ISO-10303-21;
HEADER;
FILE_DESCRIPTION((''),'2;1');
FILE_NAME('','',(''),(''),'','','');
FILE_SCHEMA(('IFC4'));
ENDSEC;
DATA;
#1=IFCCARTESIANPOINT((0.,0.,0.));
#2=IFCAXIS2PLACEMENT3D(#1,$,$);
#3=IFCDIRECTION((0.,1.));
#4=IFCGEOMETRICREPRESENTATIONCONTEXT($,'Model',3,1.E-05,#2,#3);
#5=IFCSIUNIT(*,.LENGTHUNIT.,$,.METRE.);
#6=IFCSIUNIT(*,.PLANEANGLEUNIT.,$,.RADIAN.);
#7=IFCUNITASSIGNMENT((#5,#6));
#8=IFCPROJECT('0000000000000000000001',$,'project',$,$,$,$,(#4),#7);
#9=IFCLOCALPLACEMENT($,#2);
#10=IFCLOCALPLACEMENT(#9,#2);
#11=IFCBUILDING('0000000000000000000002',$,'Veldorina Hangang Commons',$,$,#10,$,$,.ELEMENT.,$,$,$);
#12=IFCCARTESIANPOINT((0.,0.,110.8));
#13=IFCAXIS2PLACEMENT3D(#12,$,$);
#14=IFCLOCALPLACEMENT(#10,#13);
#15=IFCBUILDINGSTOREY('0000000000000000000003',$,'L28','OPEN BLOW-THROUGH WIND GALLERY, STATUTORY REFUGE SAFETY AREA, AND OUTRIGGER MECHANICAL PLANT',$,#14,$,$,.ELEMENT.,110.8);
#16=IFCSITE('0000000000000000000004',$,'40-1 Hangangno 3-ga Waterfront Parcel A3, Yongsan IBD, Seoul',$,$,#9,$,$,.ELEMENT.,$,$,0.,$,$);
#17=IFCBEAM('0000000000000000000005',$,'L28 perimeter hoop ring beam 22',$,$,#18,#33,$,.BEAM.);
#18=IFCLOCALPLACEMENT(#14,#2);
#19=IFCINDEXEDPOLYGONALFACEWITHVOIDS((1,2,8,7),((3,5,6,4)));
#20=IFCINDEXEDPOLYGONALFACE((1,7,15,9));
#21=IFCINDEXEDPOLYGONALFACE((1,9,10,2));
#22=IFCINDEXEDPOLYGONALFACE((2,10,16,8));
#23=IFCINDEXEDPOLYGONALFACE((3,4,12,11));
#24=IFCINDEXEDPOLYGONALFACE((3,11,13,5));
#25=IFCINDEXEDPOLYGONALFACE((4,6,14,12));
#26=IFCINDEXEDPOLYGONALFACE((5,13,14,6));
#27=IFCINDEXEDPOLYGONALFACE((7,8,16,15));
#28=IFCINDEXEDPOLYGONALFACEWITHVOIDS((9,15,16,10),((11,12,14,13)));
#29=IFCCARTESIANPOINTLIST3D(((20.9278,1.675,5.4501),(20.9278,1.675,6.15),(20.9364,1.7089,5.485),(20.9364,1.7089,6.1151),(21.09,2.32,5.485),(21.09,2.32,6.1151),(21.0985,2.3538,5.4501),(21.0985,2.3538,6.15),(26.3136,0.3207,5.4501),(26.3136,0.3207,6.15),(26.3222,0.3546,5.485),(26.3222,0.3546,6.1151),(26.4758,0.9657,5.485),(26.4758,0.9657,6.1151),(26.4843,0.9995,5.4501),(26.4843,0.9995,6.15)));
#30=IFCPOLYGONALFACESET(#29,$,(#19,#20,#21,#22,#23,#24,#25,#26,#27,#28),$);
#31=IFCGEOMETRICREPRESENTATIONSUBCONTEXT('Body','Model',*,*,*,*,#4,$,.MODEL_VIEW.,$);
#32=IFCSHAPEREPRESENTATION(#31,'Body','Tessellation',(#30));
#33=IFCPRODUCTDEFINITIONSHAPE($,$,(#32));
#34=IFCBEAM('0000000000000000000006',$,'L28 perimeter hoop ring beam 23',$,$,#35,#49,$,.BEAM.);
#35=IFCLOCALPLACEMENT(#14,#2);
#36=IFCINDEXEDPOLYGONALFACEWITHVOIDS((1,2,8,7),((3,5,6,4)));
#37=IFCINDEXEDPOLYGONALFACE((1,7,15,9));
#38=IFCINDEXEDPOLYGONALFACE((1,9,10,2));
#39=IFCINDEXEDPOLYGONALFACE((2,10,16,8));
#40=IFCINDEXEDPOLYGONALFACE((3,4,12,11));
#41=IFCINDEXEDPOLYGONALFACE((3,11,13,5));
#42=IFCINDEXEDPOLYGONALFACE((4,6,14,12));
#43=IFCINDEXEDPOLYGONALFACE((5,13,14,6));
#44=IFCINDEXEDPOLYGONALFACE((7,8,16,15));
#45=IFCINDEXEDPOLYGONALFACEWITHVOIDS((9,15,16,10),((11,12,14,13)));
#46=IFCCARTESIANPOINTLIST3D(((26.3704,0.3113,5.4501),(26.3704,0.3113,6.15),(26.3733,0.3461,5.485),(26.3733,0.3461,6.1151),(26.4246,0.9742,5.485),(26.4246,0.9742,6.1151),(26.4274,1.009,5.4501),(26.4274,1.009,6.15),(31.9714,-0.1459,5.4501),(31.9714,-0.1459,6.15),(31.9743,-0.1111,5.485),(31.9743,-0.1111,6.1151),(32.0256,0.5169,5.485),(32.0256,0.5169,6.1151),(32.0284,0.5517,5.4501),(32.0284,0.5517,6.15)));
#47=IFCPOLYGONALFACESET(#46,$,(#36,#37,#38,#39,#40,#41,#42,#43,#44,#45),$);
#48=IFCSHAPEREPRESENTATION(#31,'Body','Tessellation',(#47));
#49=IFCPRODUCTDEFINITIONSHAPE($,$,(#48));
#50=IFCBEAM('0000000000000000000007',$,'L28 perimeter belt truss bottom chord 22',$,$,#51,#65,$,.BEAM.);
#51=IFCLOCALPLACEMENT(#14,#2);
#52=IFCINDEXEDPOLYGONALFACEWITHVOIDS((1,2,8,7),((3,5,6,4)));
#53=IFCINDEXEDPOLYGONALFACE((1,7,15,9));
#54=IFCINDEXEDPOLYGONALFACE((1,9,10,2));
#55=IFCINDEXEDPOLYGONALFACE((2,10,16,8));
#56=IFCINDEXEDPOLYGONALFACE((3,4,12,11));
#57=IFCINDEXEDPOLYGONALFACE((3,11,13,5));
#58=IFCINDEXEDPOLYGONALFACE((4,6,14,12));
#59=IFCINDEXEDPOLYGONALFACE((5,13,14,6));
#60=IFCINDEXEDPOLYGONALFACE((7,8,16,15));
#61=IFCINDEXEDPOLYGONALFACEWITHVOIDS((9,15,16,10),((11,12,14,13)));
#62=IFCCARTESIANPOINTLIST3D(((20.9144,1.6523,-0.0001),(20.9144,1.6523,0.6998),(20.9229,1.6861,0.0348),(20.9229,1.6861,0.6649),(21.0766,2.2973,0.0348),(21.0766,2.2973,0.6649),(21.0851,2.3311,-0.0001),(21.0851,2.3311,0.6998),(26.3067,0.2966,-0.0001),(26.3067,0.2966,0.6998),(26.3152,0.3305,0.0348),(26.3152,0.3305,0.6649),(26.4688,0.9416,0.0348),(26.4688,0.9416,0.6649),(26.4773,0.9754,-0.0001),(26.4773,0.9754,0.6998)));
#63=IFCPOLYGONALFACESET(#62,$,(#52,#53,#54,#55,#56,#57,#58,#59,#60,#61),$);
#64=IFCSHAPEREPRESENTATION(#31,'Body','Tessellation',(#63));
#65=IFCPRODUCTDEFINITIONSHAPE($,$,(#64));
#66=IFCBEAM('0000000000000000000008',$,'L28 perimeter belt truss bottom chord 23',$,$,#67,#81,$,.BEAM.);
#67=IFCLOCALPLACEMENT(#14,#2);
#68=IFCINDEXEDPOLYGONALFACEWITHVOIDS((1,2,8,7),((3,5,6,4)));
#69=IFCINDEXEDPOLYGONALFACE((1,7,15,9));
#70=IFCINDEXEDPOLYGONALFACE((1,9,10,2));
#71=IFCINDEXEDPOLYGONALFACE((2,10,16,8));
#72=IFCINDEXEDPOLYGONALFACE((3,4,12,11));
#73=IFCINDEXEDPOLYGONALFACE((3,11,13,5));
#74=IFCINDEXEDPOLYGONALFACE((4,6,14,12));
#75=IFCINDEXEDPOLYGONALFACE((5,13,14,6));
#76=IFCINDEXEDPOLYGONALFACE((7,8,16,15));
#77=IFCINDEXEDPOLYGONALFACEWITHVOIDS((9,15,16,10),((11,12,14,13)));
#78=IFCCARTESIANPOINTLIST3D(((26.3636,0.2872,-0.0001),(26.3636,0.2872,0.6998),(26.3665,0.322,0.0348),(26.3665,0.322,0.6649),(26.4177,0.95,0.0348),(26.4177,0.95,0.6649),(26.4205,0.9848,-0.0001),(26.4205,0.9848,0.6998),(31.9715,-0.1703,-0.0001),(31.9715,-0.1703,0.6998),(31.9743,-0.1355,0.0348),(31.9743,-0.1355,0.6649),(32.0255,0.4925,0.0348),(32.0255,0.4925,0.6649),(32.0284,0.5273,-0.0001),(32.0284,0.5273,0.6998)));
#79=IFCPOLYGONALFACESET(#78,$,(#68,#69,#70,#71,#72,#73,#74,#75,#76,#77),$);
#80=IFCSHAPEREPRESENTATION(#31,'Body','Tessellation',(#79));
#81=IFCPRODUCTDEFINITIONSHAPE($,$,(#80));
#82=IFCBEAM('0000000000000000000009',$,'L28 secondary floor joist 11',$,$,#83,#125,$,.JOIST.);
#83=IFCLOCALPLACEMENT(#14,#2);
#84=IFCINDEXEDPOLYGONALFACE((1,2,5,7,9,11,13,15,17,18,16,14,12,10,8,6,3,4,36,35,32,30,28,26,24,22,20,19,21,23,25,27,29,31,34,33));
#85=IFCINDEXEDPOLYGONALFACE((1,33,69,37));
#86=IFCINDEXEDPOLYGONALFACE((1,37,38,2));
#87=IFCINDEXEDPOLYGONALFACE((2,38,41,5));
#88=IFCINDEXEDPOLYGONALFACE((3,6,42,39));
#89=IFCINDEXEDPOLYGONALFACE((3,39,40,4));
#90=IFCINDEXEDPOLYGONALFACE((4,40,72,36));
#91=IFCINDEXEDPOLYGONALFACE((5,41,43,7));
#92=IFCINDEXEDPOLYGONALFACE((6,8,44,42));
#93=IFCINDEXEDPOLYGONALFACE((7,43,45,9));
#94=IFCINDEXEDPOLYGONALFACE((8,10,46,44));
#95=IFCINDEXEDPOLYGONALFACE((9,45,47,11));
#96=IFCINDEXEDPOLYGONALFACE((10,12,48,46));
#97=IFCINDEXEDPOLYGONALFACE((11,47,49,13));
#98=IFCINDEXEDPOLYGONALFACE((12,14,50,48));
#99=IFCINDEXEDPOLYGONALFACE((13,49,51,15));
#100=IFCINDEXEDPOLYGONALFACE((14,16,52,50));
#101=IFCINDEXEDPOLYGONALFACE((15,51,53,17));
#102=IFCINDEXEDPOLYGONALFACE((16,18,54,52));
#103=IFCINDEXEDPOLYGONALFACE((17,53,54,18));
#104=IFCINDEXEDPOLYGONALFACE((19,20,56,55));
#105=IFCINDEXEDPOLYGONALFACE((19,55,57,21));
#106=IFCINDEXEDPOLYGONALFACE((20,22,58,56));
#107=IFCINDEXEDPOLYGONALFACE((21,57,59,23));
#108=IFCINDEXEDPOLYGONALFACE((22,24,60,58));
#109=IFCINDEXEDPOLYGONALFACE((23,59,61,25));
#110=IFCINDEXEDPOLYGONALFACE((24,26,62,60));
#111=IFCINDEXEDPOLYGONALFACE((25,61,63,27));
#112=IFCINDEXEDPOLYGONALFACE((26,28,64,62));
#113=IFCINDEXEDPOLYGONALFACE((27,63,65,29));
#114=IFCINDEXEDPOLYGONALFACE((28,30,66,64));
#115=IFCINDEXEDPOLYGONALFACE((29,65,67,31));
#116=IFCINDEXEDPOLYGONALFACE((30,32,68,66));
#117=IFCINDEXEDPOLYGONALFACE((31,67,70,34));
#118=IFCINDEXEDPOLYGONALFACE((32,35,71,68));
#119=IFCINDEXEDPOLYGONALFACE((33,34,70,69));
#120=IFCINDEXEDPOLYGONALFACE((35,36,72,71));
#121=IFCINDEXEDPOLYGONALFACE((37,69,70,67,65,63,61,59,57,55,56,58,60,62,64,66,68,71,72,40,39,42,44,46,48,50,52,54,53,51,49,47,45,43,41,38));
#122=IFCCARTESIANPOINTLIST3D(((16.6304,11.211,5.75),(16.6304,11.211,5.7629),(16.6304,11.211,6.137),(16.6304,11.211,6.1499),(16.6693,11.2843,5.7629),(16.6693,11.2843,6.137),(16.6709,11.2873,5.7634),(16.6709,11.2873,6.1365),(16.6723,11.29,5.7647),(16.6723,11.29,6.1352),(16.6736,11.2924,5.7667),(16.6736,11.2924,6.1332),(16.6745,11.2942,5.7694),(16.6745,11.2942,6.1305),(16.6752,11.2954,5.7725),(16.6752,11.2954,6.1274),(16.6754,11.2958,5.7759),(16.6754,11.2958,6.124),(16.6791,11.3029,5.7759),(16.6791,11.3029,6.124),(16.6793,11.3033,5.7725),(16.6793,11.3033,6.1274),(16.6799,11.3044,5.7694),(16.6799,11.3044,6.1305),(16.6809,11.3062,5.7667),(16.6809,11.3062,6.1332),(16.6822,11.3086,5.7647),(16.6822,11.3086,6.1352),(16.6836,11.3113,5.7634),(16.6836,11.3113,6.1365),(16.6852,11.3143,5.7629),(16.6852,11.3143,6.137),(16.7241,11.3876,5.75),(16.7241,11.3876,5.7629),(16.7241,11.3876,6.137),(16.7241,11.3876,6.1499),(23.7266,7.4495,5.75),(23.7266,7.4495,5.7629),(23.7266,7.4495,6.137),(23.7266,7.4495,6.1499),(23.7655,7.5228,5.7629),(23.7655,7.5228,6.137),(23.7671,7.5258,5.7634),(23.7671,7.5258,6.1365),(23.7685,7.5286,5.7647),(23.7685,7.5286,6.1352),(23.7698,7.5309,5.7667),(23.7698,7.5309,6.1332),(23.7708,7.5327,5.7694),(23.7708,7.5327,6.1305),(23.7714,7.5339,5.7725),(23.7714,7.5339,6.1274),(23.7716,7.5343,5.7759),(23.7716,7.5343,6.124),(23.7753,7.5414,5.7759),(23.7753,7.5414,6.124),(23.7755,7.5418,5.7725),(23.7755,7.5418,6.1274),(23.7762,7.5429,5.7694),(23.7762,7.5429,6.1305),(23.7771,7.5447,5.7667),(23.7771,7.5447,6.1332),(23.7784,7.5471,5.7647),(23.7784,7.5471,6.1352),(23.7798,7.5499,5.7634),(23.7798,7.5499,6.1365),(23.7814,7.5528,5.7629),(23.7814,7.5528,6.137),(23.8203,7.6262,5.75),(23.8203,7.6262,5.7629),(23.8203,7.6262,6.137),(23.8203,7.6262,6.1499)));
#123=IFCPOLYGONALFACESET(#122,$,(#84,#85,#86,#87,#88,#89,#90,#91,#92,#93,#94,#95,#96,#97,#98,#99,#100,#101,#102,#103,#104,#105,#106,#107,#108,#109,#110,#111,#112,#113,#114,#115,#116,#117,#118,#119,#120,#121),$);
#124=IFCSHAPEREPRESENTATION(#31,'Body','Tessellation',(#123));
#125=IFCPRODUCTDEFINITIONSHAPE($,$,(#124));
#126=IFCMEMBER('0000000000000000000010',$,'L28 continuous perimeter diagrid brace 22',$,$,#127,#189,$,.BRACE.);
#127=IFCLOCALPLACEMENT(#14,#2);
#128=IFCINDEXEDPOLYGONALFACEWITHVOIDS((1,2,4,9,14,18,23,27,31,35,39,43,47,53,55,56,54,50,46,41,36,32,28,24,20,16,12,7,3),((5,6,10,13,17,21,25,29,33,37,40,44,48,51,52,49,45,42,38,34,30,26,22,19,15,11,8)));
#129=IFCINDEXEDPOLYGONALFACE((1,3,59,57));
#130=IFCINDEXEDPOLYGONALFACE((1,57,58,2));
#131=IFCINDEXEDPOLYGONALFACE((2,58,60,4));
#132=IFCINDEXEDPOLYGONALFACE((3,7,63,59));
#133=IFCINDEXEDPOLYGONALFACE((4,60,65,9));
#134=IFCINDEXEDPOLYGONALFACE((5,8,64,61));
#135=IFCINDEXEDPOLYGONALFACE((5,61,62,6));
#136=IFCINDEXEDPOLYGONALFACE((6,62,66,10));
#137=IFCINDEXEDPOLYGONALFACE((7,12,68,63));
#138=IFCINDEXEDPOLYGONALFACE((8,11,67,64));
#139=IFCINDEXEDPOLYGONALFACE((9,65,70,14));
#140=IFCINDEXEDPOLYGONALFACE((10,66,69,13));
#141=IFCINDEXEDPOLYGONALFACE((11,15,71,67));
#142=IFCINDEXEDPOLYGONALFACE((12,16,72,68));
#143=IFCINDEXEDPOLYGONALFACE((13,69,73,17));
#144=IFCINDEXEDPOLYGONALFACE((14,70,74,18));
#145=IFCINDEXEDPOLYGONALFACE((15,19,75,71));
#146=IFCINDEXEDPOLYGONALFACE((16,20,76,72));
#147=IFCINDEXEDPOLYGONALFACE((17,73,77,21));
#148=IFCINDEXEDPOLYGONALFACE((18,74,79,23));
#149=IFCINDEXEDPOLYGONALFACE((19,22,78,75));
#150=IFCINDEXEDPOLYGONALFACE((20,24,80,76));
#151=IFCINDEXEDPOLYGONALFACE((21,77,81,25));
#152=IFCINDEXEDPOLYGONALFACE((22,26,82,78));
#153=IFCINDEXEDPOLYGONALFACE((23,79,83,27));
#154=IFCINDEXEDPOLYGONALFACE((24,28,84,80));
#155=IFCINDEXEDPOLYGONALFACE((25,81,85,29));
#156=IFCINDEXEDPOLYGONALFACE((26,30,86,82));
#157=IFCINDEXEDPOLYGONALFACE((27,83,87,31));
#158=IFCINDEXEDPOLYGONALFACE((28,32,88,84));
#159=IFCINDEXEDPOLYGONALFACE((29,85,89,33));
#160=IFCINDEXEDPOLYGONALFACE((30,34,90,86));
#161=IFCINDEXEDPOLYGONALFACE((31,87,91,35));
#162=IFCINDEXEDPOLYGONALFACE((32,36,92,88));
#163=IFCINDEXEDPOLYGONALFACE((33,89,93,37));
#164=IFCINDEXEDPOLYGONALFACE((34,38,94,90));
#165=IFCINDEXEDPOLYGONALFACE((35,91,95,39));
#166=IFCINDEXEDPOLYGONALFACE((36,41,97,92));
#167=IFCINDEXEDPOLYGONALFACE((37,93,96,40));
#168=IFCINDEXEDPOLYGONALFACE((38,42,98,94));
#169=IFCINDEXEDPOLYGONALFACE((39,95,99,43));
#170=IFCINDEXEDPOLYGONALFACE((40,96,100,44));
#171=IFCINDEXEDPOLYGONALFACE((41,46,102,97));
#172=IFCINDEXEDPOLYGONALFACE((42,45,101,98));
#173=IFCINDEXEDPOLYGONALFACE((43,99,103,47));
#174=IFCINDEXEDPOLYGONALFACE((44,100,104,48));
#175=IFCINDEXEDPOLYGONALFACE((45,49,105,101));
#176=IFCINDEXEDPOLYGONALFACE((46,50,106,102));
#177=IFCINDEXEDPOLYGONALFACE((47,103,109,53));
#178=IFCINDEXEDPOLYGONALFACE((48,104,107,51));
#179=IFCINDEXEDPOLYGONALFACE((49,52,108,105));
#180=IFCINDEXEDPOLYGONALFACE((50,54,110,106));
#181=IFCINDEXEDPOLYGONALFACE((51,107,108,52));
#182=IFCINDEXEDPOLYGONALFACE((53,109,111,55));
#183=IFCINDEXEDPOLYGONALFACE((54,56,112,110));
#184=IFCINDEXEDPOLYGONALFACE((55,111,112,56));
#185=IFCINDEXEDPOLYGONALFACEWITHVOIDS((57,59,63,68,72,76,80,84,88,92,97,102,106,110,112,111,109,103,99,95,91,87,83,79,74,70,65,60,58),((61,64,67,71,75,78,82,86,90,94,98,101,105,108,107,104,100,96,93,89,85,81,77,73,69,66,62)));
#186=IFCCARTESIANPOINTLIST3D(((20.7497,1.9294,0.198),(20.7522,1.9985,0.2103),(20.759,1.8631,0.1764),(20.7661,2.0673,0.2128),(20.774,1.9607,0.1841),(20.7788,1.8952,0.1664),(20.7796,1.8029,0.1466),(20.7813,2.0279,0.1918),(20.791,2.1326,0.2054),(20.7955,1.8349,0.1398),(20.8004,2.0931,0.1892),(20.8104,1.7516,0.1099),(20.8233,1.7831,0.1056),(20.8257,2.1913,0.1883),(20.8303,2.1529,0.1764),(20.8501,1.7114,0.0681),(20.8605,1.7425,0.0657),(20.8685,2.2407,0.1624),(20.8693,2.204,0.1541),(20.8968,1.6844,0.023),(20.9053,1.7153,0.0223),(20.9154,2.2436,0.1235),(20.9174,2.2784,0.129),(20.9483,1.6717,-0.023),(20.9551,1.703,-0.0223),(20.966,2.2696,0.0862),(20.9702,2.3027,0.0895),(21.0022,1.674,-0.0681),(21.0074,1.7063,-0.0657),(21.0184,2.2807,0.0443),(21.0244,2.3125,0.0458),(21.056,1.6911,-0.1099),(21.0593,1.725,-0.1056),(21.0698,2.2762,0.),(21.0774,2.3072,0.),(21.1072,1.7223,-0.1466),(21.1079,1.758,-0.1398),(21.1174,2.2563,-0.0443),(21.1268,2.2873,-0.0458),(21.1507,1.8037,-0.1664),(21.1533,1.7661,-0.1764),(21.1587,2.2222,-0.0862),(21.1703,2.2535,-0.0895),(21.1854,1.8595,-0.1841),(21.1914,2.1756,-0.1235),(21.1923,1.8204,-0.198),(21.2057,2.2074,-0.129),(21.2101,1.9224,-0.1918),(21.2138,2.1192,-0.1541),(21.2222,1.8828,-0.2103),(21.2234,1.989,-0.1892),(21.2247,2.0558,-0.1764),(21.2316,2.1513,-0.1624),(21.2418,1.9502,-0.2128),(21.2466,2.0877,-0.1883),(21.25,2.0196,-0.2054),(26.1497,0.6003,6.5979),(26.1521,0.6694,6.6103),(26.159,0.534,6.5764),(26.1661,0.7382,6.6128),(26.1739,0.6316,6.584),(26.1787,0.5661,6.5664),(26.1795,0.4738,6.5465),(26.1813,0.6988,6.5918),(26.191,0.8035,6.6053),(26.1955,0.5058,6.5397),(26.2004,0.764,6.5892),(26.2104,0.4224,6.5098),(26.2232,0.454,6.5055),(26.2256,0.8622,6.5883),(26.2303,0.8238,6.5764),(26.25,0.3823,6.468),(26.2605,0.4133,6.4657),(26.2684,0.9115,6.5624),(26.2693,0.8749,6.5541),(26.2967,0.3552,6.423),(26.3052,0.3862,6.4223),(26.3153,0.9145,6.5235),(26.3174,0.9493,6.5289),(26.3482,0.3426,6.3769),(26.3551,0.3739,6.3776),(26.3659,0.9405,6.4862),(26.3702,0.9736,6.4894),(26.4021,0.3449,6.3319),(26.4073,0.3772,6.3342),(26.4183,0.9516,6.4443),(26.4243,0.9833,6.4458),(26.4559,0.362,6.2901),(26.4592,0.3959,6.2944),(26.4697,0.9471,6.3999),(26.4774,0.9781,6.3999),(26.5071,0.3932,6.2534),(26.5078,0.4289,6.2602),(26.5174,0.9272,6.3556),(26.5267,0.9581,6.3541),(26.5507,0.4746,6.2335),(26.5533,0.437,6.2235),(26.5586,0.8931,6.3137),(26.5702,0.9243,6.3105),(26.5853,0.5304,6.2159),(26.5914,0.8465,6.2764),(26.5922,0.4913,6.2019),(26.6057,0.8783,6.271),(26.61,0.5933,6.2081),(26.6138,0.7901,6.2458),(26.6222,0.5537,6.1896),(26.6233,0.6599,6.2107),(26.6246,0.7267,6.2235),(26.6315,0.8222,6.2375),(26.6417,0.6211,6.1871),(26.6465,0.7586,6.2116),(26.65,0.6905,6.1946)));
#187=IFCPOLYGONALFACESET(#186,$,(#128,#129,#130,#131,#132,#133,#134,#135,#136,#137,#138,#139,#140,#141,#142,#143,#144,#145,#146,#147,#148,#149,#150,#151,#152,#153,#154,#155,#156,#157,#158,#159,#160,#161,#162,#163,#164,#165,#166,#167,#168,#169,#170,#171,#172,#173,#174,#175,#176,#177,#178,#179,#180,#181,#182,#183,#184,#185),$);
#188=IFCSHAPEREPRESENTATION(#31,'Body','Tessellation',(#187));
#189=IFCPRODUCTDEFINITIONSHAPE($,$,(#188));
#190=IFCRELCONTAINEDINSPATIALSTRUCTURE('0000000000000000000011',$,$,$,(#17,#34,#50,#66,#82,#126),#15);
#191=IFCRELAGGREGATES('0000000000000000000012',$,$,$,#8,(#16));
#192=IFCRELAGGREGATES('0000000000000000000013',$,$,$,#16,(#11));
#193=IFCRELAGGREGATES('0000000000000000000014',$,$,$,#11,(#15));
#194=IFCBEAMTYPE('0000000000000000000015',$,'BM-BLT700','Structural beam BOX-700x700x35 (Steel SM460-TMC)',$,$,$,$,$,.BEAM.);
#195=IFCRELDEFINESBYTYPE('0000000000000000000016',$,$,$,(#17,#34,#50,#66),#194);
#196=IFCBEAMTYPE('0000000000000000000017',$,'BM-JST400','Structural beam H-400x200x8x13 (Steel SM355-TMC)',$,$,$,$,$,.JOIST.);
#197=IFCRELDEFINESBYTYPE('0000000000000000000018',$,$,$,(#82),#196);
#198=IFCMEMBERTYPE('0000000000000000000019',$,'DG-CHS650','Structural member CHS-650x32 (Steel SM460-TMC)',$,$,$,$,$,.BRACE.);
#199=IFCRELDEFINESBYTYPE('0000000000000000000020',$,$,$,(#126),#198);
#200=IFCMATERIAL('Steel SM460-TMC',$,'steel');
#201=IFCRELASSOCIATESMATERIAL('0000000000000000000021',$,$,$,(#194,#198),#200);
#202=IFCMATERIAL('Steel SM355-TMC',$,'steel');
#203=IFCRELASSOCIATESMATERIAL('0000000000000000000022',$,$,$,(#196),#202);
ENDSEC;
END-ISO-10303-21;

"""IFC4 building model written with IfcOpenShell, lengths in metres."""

from ifc_helpers import new_model, si_unit, direction, frame, origin, origin_2d, place, context, subcontext, project, spatial, hollow_rectangle, hollow_circle, i_section, extrude, material, material_profile, profile_set, type_object, element, save


model = new_model("IFC4")

# Units and contexts
model_context = context("Model", 3, precision=1e-05, world=origin(), true_north=direction((0.0, 1.0)))
body_context = subcontext(model_context, "Body", "Model", "MODEL_VIEW")
ifc_project = project(units=[si_unit("LENGTHUNIT", "METRE"), si_unit("PLANEANGLEUNIT", "RADIAN")], contexts=[model_context])

# Site, building, storey
site_placement = place(None, origin())
site = spatial("IfcSite", under=ifc_project, at=site_placement, Name="40-1 Hangangno 3-ga Waterfront Parcel A3, Yongsan IBD, Seoul", CompositionType="ELEMENT", RefElevation=0.0)
building_placement = place(site_placement, origin())
building = spatial("IfcBuilding", under=site, at=building_placement, Name="Veldorina Hangang Commons", CompositionType="ELEMENT")
storey_placement = place(building_placement, frame((0.0, 0.0, 110.8)))
storey = spatial("IfcBuildingStorey", under=building, at=storey_placement, Name="L28", Description="OPEN BLOW-THROUGH WIND GALLERY, STATUTORY REFUGE SAFETY AREA, AND OUTRIGGER MECHANICAL PLANT", CompositionType="ELEMENT", Elevation=110.8)

# Beams
ifc_material_1 = material(Name="Steel SM460-TMC", Category="steel")
ifc_material_profile_1 = material_profile(ifc_material_1, hollow_rectangle(XDim=0.7, YDim=0.7, WallThickness=0.0349, at=origin_2d()), Name="BOX-700x700x35")
ifc_profile_set_1 = profile_set([ifc_material_profile_1], Name="Steel SM460-TMC")
beam_type_1 = type_object("IfcBeamType", Name="BM-BLT700", Description="Structural beam BOX-700x700x35 (Steel SM460-TMC)", PredefinedType="BEAM", material=ifc_profile_set_1)
beam_1_placement = place(storey_placement, frame((21.0132, 2.0144, 5.8), z_axis=(0.969811, -0.243859, 0.0), x_axis=(0.243859, 0.969811, 0.0)))
element("IfcBeam", 1, at=beam_1_placement, inside=storey, type_object=beam_type_1, Name="L28 perimeter hoop ring beam 22", PredefinedType="BEAM", context=body_context, shape_type="SweptSolid", body=[
    extrude(hollow_rectangle(XDim=0.7, YDim=0.7, WallThickness=0.0349, at=origin_2d()), origin(), (0.0, 0.0, 1.0), 5.5535),
])
beam_2_placement = place(storey_placement, frame((26.3989, 0.6602, 5.8), z_axis=(0.996684, -0.08137, 0.0), x_axis=(0.08137, 0.996684, 0.0)))
element("IfcBeam", 2, at=beam_2_placement, inside=storey, type_object=beam_type_1, Name="L28 perimeter hoop ring beam 23", PredefinedType="BEAM", context=body_context, shape_type="SweptSolid", body=[
    extrude(hollow_rectangle(XDim=0.7, YDim=0.7, WallThickness=0.0349, at=origin_2d()), origin(), (0.0, 0.0, 1.0), 5.6196),
])
beam_3_placement = place(storey_placement, frame((20.9998, 1.9917, 0.3499), z_axis=(0.969819, -0.243827, 0.0), x_axis=(0.243827, 0.969819, 0.0)))
element("IfcBeam", 3, at=beam_3_placement, inside=storey, type_object=beam_type_1, Name="L28 perimeter belt truss bottom chord 22", PredefinedType="BEAM", context=body_context, shape_type="SweptSolid", body=[
    extrude(hollow_rectangle(XDim=0.7, YDim=0.7, WallThickness=0.0349, at=origin_2d()), origin(), (0.0, 0.0, 1.0), 5.5601),
])
beam_4_placement = place(storey_placement, frame((26.3921, 0.636, 0.3499), z_axis=(0.996688, -0.081315, 0.0), x_axis=(0.081315, 0.996688, 0.0)))
element("IfcBeam", 4, at=beam_4_placement, inside=storey, type_object=beam_type_1, Name="L28 perimeter belt truss bottom chord 23", PredefinedType="BEAM", context=body_context, shape_type="SweptSolid", body=[
    extrude(hollow_rectangle(XDim=0.7, YDim=0.7, WallThickness=0.0349, at=origin_2d()), origin(), (0.0, 0.0, 1.0), 5.6265),
])
ifc_material_2 = material(Name="Steel SM355-TMC", Category="steel")
ifc_material_profile_2 = material_profile(ifc_material_2, i_section(OverallWidth=0.2, OverallDepth=0.3999, WebThickness=0.0081, FlangeThickness=0.0129, FilletRadius=0.0129, at=origin_2d()), Name="H-400x200x8x13")
ifc_profile_set_2 = profile_set([ifc_material_profile_2], Name="Steel SM355-TMC")
beam_type_2 = type_object("IfcBeamType", Name="BM-JST400", Description="Structural beam H-400x200x8x13 (Steel SM355-TMC)", PredefinedType="JOIST", material=ifc_profile_set_2)
beam_5_placement = place(storey_placement, frame((16.6772, 11.2993, 5.95), z_axis=(0.883547, -0.468342, 0.0), x_axis=(0.468342, 0.883547, 0.0)))
element("IfcBeam", 5, at=beam_5_placement, inside=storey, type_object=beam_type_2, Name="L28 secondary floor joist 11", PredefinedType="JOIST", context=body_context, shape_type="SweptSolid", body=[
    extrude(i_section(OverallWidth=0.2, OverallDepth=0.3999, WebThickness=0.0081, FlangeThickness=0.0129, FilletRadius=0.0129, at=origin_2d()), origin(), (0.0, 0.0, 1.0), 8.0315),
])

# Member
ifc_material_profile_3 = material_profile(ifc_material_1, hollow_circle(Radius=0.325, WallThickness=0.032, at=origin_2d()), Name="CHS-650x32")
ifc_profile_set_3 = profile_set([ifc_material_profile_3], Name="Steel SM460-TMC")
member_type_1 = type_object("IfcMemberType", Name="DG-CHS650", Description="Structural member CHS-650x32 (Steel SM460-TMC)", PredefinedType="BRACE", material=ifc_profile_set_3)
member_1_placement = place(storey_placement, frame((20.9998, 1.9917, 0.0), z_axis=(0.636897, -0.156762, 0.754843), x_axis=(0.239001, 0.971019, 0.0)))
element("IfcMember", 6, at=member_1_placement, inside=storey, type_object=member_type_1, Name="L28 continuous perimeter diagrid brace 22", PredefinedType="BRACE", context=body_context, shape_type="SweptSolid", body=[
    extrude(hollow_circle(Radius=0.325, WallThickness=0.032, at=origin_2d()), origin(), (0.0, 0.0, 1.0), 8.4785),
])

save(model, "model.ifc")
